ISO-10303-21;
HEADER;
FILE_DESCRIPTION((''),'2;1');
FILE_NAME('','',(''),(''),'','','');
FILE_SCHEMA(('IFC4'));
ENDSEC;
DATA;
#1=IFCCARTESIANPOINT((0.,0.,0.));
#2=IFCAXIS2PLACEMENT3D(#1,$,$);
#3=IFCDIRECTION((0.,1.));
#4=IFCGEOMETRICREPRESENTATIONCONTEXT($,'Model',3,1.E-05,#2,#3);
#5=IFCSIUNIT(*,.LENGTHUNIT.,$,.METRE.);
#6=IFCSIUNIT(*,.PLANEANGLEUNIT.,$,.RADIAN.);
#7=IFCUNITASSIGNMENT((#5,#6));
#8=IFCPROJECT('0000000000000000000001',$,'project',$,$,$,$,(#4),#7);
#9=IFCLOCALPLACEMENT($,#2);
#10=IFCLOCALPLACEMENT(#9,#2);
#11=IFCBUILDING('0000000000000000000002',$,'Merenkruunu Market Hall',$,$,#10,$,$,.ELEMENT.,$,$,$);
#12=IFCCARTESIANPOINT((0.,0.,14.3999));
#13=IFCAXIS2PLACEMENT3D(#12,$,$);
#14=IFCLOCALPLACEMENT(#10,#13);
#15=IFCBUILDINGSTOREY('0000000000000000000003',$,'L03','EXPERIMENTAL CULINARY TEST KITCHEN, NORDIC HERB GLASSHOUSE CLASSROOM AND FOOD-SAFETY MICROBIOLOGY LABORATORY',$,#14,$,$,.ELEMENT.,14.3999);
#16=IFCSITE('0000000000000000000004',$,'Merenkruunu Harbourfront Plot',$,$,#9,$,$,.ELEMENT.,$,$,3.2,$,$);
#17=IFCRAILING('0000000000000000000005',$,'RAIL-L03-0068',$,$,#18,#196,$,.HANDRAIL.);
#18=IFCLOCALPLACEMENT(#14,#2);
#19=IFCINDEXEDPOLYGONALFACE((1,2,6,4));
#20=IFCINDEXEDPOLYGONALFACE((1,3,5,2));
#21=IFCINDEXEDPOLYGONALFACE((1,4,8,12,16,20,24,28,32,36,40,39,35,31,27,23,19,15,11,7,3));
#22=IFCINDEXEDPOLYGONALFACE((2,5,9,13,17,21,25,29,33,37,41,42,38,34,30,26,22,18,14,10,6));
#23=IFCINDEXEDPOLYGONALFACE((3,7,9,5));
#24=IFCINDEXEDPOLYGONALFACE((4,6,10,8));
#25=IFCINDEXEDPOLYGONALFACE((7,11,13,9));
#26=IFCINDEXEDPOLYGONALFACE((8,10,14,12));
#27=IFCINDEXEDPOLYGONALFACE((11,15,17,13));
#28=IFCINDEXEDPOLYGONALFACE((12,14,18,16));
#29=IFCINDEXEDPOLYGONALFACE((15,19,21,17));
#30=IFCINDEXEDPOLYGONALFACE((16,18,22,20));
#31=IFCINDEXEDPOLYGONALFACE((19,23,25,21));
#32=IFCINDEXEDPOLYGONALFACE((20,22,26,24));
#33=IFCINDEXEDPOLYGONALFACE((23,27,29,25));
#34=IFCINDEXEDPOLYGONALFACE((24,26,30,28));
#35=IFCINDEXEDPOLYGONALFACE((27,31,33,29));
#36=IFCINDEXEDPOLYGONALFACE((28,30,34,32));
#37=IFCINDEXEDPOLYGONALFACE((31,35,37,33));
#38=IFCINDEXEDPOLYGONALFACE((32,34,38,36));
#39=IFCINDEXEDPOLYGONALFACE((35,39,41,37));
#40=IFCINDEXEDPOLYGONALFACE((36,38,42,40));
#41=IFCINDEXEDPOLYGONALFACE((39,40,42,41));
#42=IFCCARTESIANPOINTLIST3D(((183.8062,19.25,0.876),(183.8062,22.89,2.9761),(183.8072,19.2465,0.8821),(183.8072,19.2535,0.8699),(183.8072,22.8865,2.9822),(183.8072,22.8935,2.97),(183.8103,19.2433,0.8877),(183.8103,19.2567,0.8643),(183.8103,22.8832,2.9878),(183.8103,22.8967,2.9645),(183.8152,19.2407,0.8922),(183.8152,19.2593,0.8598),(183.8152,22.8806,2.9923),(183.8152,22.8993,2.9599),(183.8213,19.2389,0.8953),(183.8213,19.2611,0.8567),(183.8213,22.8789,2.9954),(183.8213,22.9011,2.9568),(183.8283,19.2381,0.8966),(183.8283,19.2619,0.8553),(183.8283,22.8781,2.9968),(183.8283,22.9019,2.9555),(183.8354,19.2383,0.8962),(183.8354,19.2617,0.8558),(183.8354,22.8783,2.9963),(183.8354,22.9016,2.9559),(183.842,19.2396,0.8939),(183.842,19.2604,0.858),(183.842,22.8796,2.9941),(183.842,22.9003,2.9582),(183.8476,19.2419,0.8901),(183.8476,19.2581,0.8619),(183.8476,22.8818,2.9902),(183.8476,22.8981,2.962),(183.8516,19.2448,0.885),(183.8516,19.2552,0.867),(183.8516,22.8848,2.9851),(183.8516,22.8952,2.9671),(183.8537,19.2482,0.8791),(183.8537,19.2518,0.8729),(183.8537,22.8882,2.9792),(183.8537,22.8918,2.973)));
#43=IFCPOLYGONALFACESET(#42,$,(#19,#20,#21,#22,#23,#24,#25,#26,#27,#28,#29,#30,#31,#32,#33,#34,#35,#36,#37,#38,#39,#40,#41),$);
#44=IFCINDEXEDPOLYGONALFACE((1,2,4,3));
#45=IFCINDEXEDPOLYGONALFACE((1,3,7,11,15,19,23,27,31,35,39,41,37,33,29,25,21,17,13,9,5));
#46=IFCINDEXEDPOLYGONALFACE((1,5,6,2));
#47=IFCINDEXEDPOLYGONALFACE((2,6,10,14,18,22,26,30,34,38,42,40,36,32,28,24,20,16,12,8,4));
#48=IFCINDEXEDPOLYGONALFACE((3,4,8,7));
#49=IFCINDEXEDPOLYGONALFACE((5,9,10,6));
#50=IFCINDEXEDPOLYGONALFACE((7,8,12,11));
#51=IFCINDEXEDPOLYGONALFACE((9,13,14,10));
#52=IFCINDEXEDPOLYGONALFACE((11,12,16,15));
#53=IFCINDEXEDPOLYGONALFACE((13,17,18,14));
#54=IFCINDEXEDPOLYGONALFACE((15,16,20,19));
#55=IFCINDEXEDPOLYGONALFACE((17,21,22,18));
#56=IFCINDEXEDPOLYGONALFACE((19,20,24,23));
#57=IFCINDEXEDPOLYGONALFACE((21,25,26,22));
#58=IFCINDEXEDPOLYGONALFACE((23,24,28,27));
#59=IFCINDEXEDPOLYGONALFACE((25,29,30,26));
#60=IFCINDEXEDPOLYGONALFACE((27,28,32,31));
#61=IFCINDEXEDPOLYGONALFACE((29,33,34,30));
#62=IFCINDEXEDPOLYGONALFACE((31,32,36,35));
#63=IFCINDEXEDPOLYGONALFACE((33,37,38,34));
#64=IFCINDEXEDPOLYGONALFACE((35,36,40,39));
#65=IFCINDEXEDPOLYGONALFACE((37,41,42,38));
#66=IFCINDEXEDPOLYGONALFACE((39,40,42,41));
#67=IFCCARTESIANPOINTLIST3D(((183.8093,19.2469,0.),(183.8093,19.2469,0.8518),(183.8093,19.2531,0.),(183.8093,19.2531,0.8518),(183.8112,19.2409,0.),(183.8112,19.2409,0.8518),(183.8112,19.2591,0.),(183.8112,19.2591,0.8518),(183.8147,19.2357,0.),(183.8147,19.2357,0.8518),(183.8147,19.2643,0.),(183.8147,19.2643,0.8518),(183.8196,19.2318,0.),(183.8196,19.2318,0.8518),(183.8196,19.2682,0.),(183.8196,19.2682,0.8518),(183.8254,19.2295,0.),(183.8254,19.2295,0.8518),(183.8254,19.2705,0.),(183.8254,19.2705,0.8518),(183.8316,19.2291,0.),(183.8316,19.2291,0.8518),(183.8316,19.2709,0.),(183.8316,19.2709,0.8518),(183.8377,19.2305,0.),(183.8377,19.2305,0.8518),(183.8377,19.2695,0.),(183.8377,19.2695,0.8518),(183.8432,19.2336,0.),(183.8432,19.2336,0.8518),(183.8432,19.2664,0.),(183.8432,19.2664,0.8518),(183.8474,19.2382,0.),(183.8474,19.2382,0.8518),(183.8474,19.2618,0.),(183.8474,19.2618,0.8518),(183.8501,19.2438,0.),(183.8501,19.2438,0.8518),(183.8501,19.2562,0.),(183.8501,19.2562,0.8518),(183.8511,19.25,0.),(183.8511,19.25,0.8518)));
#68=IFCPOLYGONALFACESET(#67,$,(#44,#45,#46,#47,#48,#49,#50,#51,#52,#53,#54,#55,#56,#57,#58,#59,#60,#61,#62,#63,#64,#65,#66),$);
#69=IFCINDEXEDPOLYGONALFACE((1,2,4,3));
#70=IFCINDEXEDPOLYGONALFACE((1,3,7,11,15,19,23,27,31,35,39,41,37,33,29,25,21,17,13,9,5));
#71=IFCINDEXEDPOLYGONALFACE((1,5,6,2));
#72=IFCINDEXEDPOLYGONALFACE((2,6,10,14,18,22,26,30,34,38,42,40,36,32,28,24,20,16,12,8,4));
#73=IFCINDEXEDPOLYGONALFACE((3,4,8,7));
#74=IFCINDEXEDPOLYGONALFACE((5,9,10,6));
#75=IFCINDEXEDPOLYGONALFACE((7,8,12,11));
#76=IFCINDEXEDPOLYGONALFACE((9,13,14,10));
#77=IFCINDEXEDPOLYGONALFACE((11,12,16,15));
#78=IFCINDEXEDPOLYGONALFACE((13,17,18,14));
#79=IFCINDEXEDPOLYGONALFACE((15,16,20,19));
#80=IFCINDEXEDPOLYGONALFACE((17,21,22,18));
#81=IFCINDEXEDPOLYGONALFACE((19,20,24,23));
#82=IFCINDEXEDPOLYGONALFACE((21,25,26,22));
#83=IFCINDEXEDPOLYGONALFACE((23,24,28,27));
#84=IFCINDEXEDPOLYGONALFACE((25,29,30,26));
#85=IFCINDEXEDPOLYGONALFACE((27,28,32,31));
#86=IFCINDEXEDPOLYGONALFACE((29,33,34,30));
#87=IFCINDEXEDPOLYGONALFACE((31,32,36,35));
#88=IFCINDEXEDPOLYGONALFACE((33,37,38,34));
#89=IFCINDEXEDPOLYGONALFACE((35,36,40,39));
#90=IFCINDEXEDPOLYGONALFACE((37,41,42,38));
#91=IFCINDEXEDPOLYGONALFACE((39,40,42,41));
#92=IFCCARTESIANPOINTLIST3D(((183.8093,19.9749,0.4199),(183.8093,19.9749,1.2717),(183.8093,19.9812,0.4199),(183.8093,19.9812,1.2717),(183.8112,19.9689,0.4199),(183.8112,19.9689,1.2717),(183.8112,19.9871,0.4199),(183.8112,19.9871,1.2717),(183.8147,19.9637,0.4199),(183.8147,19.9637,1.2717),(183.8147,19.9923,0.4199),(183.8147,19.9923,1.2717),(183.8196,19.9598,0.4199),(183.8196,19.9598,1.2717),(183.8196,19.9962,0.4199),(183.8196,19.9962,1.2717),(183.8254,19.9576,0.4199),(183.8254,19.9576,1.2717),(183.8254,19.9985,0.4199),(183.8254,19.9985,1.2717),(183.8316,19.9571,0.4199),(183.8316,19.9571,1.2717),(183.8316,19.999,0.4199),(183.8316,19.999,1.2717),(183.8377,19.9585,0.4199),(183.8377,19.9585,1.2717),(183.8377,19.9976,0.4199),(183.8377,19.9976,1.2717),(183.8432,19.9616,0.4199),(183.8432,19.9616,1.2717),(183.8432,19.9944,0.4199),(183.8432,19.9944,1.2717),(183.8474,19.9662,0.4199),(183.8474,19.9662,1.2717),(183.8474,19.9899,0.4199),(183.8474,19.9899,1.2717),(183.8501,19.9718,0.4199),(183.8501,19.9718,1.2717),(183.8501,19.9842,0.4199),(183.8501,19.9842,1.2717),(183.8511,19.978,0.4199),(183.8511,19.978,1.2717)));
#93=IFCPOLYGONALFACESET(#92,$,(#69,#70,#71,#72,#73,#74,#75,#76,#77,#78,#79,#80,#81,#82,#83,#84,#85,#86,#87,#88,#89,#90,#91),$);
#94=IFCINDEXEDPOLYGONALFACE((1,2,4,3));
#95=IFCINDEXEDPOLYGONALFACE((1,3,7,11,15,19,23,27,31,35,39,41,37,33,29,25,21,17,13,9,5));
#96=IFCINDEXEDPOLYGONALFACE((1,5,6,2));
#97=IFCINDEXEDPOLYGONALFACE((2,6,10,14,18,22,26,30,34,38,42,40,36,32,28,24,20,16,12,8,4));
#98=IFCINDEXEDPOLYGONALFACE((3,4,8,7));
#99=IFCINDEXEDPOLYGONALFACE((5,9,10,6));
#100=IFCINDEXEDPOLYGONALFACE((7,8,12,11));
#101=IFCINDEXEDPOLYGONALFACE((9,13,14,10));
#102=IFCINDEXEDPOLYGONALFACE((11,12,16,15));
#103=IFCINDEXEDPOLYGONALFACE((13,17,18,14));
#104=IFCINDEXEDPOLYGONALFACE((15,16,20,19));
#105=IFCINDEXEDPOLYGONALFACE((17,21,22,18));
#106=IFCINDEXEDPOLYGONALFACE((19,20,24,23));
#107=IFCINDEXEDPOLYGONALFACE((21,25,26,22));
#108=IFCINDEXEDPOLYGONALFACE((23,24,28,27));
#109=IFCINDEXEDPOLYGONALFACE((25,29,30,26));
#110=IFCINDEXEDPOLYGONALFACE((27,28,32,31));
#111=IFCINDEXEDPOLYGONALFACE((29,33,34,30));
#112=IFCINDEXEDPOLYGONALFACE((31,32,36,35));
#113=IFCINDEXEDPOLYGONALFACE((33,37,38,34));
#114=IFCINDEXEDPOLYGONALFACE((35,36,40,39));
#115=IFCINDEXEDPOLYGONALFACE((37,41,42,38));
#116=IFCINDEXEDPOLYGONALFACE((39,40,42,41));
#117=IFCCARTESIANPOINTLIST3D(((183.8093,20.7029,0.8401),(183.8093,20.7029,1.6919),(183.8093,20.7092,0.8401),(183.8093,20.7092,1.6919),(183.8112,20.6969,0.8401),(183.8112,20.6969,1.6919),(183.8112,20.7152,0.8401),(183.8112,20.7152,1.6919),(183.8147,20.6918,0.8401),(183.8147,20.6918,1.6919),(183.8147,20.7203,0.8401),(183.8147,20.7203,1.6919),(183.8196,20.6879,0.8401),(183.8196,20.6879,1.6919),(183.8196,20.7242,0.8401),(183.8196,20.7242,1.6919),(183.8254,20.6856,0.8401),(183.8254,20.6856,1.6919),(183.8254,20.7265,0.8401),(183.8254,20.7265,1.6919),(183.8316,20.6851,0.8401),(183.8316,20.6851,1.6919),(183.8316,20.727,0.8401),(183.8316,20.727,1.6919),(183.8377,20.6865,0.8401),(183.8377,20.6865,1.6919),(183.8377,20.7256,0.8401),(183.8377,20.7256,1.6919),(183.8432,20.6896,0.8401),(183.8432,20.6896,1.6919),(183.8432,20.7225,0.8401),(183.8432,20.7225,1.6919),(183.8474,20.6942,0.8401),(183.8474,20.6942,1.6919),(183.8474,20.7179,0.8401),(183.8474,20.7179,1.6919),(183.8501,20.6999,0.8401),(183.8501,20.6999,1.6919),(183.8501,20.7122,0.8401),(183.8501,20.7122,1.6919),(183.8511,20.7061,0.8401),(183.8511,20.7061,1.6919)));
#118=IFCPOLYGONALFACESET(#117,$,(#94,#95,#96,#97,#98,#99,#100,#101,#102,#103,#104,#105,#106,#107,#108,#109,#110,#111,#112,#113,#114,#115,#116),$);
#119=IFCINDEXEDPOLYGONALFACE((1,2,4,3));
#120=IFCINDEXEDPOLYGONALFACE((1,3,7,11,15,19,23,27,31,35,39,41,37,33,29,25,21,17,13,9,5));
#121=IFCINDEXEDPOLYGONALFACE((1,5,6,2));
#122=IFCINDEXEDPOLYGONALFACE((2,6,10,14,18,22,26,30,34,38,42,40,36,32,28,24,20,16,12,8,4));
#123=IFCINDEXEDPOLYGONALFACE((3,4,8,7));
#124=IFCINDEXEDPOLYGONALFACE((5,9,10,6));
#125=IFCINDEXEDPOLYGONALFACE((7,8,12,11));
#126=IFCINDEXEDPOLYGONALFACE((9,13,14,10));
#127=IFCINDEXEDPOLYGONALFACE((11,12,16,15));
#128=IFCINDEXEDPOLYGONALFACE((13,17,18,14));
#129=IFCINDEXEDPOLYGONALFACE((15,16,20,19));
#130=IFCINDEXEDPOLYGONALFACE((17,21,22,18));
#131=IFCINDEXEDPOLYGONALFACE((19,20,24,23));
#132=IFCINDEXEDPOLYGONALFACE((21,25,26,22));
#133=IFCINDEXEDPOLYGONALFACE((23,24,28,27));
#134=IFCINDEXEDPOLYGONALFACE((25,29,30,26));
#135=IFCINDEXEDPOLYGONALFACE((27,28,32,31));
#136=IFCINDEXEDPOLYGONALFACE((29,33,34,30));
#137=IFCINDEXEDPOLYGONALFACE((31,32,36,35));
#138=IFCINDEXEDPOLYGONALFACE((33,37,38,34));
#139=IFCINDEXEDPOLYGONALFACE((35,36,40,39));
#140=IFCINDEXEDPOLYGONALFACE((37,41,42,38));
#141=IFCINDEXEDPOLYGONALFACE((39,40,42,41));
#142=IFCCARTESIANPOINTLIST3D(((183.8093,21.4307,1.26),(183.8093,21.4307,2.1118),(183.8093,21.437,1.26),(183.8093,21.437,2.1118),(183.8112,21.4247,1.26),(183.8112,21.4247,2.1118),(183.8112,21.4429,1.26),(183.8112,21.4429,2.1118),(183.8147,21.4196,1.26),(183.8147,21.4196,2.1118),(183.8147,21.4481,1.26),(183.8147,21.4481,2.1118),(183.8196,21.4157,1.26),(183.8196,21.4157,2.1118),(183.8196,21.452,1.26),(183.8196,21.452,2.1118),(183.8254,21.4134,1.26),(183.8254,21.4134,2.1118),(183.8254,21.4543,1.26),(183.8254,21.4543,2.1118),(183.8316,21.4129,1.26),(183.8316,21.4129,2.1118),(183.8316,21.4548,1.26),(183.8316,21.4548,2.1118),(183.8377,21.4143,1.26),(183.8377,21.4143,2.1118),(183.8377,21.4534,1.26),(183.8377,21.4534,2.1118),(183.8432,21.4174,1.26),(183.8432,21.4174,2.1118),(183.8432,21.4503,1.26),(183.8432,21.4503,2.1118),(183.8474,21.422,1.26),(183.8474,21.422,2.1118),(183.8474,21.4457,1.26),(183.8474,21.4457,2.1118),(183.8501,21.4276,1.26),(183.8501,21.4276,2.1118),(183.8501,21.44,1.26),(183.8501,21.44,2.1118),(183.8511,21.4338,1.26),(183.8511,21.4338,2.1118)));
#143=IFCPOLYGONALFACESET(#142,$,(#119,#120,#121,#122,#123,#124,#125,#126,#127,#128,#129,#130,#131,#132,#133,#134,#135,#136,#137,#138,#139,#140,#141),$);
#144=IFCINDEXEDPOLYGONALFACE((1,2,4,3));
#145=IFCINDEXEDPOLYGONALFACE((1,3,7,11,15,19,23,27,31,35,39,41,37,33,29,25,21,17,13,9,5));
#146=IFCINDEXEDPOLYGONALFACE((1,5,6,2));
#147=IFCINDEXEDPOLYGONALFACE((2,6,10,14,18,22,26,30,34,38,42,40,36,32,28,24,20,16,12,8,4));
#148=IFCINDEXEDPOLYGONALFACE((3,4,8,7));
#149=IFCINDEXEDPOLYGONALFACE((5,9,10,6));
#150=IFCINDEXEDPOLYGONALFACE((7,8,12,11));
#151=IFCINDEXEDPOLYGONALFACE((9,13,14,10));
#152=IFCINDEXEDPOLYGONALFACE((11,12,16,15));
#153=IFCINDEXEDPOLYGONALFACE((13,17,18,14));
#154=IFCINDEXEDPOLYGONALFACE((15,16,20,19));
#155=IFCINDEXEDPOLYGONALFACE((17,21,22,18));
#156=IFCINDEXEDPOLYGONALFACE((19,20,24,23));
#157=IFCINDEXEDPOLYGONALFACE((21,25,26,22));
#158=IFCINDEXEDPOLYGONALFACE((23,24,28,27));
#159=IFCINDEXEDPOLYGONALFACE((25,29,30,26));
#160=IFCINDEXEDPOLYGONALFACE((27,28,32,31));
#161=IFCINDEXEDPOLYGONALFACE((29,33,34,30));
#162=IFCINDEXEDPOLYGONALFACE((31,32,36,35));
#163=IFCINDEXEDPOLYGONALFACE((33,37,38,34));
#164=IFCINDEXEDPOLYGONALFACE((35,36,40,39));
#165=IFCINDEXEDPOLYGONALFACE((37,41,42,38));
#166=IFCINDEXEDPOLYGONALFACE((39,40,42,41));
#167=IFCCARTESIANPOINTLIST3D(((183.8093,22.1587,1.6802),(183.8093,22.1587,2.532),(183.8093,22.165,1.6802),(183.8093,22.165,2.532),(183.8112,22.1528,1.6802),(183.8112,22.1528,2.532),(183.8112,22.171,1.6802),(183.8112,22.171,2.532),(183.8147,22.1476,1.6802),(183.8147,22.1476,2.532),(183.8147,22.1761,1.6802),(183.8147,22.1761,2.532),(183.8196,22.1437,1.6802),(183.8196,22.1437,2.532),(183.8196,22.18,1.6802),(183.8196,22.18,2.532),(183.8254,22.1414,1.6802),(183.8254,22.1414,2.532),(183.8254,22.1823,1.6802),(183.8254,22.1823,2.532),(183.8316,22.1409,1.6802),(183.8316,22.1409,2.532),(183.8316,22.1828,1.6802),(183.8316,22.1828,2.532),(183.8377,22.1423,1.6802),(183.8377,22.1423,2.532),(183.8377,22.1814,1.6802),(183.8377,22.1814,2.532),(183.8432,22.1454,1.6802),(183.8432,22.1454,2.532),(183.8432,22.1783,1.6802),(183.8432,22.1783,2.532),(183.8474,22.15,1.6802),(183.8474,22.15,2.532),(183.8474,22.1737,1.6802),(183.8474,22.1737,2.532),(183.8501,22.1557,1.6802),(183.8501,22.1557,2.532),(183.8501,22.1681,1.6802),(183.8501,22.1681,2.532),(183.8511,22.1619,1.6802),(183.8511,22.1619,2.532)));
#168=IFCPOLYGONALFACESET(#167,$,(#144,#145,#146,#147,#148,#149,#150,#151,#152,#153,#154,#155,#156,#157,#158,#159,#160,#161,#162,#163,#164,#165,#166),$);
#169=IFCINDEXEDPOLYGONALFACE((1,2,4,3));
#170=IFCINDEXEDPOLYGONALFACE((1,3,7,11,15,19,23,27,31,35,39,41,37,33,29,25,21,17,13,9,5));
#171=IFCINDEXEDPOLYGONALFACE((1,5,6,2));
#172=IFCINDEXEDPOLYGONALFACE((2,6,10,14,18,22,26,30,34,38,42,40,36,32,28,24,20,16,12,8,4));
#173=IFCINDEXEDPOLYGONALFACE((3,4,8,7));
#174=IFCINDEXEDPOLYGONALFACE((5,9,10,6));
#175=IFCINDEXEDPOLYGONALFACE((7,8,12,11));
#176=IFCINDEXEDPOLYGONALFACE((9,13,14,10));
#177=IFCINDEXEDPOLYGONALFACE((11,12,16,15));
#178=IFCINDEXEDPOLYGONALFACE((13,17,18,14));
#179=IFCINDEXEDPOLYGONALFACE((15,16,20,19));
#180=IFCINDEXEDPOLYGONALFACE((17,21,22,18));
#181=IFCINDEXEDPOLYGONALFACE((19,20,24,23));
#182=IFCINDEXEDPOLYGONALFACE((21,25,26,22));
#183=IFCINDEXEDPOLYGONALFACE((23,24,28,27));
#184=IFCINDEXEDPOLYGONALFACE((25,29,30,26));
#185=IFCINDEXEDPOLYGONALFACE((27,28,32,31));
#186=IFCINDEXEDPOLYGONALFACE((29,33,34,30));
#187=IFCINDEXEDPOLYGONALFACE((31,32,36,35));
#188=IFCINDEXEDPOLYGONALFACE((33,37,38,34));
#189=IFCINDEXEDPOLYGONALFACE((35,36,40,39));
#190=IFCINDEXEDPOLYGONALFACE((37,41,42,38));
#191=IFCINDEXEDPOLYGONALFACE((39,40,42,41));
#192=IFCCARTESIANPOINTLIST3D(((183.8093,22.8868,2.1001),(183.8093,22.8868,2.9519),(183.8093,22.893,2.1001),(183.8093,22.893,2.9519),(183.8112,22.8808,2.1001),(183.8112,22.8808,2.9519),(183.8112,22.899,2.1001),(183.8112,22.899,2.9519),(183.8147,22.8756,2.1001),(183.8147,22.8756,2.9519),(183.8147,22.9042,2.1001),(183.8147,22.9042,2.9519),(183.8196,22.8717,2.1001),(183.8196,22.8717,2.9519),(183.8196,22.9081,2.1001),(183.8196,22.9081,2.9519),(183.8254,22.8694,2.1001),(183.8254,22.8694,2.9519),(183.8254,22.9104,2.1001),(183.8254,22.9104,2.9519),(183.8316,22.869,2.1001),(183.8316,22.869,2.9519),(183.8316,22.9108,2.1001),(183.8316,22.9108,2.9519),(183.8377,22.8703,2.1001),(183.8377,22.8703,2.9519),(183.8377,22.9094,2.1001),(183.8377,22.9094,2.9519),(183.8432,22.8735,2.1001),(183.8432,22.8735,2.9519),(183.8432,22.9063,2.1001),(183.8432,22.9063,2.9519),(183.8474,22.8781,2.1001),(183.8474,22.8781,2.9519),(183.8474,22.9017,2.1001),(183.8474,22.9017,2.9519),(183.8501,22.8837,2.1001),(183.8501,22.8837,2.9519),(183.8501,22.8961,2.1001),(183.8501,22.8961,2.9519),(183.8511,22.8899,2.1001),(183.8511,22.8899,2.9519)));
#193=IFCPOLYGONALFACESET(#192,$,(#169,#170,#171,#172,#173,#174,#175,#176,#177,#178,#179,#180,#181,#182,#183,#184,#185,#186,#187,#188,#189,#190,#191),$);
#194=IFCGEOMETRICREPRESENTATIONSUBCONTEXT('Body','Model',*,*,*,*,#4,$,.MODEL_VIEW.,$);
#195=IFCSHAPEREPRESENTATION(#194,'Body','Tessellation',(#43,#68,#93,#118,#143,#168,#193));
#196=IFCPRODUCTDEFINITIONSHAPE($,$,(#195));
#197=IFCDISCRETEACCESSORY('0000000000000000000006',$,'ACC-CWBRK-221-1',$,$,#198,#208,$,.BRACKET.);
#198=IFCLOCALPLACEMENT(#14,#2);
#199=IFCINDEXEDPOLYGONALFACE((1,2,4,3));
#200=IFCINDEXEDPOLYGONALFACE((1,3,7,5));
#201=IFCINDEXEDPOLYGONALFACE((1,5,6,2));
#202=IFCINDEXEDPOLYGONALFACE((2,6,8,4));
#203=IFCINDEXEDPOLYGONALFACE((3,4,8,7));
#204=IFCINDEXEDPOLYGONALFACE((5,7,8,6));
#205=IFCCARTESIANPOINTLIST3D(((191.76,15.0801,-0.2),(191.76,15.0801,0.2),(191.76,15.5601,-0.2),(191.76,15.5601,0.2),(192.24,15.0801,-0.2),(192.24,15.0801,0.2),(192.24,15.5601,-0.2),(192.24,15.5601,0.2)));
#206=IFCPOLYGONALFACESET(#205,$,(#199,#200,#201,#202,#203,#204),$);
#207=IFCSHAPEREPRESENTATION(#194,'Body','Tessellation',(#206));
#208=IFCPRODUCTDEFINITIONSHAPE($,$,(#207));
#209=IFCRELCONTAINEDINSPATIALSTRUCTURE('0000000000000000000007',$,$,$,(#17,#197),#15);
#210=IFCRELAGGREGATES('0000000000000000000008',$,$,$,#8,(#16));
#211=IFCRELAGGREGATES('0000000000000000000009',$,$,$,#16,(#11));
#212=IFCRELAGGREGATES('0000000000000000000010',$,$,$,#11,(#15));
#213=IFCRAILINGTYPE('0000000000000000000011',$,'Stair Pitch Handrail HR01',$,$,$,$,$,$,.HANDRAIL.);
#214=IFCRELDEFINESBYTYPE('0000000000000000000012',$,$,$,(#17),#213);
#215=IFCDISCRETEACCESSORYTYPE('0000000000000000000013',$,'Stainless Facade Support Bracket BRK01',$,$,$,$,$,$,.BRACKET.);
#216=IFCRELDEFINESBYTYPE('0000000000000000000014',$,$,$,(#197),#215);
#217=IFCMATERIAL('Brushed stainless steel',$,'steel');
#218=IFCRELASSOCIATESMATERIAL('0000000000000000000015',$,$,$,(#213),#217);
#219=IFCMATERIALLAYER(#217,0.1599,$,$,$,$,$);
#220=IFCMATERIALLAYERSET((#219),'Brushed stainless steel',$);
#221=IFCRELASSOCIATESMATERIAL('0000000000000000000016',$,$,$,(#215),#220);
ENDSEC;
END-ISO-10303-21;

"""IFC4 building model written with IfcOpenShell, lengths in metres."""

from ifc_helpers import new_model, si_unit, direction, frame, origin, origin_2d, place, context, subcontext, project, spatial, rectangle, circle, extrude, material, layer, layer_set, type_object, element, save


model = new_model("IFC4")

# Units and contexts
model_context = context("Model", 3, precision=1e-05, world=origin(), true_north=direction((0.0, 1.0)))
body_context = subcontext(model_context, "Body", "Model", "MODEL_VIEW")
ifc_project = project(units=[si_unit("LENGTHUNIT", "METRE"), si_unit("PLANEANGLEUNIT", "RADIAN")], contexts=[model_context])

# Site, building, storey
site_placement = place(None, origin())
site = spatial("IfcSite", under=ifc_project, at=site_placement, Name="Merenkruunu Harbourfront Plot", CompositionType="ELEMENT", RefElevation=3.2)
building_placement = place(site_placement, origin())
building = spatial("IfcBuilding", under=site, at=building_placement, Name="Merenkruunu Market Hall", CompositionType="ELEMENT")
storey_placement = place(building_placement, frame((0.0, 0.0, 14.3999)))
storey = spatial("IfcBuildingStorey", under=building, at=storey_placement, Name="L03", Description="EXPERIMENTAL CULINARY TEST KITCHEN, NORDIC HERB GLASSHOUSE CLASSROOM AND FOOD-SAFETY MICROBIOLOGY LABORATORY", CompositionType="ELEMENT", Elevation=14.3999)

# Railing
ifc_material_1 = material(Name="Brushed stainless steel", Category="steel")
railing_type_1 = type_object("IfcRailingType", Name="Stair Pitch Handrail HR01", PredefinedType="HANDRAIL", material=ifc_material_1)
railing_1_placement = place(storey_placement, frame((183.8301, 19.25, 0.0)))
element("IfcRailing", 1, at=railing_1_placement, inside=storey, type_object=railing_type_1, Name="RAIL-L03-0068", PredefinedType="HANDRAIL", context=body_context, shape_type="SweptSolid", body=[
    extrude(circle(Radius=0.0239, at=origin_2d()), frame((0.0, 0.0, 0.876), z_axis=(0.0, 0.866169, 0.499751), x_axis=(-1.0, 0.0, 0.0)), (0.0, 0.0, 1.0), 4.2024),
    extrude(circle(Radius=0.021, at=origin_2d()), origin(), (0.0, 0.0, 1.0), 0.8518),
    extrude(circle(Radius=0.021, at=origin_2d()), frame((0.0, 0.728, 0.4199)), (0.0, 0.0, 1.0), 0.8518),
    extrude(circle(Radius=0.021, at=origin_2d()), frame((0.0, 1.4561, 0.8401)), (0.0, 0.0, 1.0), 0.8518),
    extrude(circle(Radius=0.021, at=origin_2d()), frame((0.0, 2.1838, 1.26)), (0.0, 0.0, 1.0), 0.8518),
    extrude(circle(Radius=0.021, at=origin_2d()), frame((0.0, 2.9119, 1.6802)), (0.0, 0.0, 1.0), 0.8518),
    extrude(circle(Radius=0.021, at=origin_2d()), frame((0.0, 3.6399, 2.1001)), (0.0, 0.0, 1.0), 0.8518),
])

# Discrete accessory
ifc_layer_1 = layer(ifc_material_1, 0.1599)
ifc_layer_set_1 = layer_set([ifc_layer_1], Name="Brushed stainless steel")
discrete_accessory_type = type_object("IfcDiscreteAccessoryType", Name="Stainless Facade Support Bracket BRK01", PredefinedType="BRACKET", material=ifc_layer_set_1)
discrete_accessory_placement = place(storey_placement, frame((192.0, 15.3201, -0.2), z_axis=(0.0, 0.0, 1.0), x_axis=(1.0, 0.0, 0.0)))
element("IfcDiscreteAccessory", 2, at=discrete_accessory_placement, inside=storey, type_object=discrete_accessory_type, Name="ACC-CWBRK-221-1", PredefinedType="BRACKET", context=body_context, shape_type="SweptSolid", body=[
    extrude(rectangle(XDim=0.48, YDim=0.48, at=origin_2d()), origin(), (0.0, 0.0, 1.0), 0.3999),
])

save(model, "model.ifc")
